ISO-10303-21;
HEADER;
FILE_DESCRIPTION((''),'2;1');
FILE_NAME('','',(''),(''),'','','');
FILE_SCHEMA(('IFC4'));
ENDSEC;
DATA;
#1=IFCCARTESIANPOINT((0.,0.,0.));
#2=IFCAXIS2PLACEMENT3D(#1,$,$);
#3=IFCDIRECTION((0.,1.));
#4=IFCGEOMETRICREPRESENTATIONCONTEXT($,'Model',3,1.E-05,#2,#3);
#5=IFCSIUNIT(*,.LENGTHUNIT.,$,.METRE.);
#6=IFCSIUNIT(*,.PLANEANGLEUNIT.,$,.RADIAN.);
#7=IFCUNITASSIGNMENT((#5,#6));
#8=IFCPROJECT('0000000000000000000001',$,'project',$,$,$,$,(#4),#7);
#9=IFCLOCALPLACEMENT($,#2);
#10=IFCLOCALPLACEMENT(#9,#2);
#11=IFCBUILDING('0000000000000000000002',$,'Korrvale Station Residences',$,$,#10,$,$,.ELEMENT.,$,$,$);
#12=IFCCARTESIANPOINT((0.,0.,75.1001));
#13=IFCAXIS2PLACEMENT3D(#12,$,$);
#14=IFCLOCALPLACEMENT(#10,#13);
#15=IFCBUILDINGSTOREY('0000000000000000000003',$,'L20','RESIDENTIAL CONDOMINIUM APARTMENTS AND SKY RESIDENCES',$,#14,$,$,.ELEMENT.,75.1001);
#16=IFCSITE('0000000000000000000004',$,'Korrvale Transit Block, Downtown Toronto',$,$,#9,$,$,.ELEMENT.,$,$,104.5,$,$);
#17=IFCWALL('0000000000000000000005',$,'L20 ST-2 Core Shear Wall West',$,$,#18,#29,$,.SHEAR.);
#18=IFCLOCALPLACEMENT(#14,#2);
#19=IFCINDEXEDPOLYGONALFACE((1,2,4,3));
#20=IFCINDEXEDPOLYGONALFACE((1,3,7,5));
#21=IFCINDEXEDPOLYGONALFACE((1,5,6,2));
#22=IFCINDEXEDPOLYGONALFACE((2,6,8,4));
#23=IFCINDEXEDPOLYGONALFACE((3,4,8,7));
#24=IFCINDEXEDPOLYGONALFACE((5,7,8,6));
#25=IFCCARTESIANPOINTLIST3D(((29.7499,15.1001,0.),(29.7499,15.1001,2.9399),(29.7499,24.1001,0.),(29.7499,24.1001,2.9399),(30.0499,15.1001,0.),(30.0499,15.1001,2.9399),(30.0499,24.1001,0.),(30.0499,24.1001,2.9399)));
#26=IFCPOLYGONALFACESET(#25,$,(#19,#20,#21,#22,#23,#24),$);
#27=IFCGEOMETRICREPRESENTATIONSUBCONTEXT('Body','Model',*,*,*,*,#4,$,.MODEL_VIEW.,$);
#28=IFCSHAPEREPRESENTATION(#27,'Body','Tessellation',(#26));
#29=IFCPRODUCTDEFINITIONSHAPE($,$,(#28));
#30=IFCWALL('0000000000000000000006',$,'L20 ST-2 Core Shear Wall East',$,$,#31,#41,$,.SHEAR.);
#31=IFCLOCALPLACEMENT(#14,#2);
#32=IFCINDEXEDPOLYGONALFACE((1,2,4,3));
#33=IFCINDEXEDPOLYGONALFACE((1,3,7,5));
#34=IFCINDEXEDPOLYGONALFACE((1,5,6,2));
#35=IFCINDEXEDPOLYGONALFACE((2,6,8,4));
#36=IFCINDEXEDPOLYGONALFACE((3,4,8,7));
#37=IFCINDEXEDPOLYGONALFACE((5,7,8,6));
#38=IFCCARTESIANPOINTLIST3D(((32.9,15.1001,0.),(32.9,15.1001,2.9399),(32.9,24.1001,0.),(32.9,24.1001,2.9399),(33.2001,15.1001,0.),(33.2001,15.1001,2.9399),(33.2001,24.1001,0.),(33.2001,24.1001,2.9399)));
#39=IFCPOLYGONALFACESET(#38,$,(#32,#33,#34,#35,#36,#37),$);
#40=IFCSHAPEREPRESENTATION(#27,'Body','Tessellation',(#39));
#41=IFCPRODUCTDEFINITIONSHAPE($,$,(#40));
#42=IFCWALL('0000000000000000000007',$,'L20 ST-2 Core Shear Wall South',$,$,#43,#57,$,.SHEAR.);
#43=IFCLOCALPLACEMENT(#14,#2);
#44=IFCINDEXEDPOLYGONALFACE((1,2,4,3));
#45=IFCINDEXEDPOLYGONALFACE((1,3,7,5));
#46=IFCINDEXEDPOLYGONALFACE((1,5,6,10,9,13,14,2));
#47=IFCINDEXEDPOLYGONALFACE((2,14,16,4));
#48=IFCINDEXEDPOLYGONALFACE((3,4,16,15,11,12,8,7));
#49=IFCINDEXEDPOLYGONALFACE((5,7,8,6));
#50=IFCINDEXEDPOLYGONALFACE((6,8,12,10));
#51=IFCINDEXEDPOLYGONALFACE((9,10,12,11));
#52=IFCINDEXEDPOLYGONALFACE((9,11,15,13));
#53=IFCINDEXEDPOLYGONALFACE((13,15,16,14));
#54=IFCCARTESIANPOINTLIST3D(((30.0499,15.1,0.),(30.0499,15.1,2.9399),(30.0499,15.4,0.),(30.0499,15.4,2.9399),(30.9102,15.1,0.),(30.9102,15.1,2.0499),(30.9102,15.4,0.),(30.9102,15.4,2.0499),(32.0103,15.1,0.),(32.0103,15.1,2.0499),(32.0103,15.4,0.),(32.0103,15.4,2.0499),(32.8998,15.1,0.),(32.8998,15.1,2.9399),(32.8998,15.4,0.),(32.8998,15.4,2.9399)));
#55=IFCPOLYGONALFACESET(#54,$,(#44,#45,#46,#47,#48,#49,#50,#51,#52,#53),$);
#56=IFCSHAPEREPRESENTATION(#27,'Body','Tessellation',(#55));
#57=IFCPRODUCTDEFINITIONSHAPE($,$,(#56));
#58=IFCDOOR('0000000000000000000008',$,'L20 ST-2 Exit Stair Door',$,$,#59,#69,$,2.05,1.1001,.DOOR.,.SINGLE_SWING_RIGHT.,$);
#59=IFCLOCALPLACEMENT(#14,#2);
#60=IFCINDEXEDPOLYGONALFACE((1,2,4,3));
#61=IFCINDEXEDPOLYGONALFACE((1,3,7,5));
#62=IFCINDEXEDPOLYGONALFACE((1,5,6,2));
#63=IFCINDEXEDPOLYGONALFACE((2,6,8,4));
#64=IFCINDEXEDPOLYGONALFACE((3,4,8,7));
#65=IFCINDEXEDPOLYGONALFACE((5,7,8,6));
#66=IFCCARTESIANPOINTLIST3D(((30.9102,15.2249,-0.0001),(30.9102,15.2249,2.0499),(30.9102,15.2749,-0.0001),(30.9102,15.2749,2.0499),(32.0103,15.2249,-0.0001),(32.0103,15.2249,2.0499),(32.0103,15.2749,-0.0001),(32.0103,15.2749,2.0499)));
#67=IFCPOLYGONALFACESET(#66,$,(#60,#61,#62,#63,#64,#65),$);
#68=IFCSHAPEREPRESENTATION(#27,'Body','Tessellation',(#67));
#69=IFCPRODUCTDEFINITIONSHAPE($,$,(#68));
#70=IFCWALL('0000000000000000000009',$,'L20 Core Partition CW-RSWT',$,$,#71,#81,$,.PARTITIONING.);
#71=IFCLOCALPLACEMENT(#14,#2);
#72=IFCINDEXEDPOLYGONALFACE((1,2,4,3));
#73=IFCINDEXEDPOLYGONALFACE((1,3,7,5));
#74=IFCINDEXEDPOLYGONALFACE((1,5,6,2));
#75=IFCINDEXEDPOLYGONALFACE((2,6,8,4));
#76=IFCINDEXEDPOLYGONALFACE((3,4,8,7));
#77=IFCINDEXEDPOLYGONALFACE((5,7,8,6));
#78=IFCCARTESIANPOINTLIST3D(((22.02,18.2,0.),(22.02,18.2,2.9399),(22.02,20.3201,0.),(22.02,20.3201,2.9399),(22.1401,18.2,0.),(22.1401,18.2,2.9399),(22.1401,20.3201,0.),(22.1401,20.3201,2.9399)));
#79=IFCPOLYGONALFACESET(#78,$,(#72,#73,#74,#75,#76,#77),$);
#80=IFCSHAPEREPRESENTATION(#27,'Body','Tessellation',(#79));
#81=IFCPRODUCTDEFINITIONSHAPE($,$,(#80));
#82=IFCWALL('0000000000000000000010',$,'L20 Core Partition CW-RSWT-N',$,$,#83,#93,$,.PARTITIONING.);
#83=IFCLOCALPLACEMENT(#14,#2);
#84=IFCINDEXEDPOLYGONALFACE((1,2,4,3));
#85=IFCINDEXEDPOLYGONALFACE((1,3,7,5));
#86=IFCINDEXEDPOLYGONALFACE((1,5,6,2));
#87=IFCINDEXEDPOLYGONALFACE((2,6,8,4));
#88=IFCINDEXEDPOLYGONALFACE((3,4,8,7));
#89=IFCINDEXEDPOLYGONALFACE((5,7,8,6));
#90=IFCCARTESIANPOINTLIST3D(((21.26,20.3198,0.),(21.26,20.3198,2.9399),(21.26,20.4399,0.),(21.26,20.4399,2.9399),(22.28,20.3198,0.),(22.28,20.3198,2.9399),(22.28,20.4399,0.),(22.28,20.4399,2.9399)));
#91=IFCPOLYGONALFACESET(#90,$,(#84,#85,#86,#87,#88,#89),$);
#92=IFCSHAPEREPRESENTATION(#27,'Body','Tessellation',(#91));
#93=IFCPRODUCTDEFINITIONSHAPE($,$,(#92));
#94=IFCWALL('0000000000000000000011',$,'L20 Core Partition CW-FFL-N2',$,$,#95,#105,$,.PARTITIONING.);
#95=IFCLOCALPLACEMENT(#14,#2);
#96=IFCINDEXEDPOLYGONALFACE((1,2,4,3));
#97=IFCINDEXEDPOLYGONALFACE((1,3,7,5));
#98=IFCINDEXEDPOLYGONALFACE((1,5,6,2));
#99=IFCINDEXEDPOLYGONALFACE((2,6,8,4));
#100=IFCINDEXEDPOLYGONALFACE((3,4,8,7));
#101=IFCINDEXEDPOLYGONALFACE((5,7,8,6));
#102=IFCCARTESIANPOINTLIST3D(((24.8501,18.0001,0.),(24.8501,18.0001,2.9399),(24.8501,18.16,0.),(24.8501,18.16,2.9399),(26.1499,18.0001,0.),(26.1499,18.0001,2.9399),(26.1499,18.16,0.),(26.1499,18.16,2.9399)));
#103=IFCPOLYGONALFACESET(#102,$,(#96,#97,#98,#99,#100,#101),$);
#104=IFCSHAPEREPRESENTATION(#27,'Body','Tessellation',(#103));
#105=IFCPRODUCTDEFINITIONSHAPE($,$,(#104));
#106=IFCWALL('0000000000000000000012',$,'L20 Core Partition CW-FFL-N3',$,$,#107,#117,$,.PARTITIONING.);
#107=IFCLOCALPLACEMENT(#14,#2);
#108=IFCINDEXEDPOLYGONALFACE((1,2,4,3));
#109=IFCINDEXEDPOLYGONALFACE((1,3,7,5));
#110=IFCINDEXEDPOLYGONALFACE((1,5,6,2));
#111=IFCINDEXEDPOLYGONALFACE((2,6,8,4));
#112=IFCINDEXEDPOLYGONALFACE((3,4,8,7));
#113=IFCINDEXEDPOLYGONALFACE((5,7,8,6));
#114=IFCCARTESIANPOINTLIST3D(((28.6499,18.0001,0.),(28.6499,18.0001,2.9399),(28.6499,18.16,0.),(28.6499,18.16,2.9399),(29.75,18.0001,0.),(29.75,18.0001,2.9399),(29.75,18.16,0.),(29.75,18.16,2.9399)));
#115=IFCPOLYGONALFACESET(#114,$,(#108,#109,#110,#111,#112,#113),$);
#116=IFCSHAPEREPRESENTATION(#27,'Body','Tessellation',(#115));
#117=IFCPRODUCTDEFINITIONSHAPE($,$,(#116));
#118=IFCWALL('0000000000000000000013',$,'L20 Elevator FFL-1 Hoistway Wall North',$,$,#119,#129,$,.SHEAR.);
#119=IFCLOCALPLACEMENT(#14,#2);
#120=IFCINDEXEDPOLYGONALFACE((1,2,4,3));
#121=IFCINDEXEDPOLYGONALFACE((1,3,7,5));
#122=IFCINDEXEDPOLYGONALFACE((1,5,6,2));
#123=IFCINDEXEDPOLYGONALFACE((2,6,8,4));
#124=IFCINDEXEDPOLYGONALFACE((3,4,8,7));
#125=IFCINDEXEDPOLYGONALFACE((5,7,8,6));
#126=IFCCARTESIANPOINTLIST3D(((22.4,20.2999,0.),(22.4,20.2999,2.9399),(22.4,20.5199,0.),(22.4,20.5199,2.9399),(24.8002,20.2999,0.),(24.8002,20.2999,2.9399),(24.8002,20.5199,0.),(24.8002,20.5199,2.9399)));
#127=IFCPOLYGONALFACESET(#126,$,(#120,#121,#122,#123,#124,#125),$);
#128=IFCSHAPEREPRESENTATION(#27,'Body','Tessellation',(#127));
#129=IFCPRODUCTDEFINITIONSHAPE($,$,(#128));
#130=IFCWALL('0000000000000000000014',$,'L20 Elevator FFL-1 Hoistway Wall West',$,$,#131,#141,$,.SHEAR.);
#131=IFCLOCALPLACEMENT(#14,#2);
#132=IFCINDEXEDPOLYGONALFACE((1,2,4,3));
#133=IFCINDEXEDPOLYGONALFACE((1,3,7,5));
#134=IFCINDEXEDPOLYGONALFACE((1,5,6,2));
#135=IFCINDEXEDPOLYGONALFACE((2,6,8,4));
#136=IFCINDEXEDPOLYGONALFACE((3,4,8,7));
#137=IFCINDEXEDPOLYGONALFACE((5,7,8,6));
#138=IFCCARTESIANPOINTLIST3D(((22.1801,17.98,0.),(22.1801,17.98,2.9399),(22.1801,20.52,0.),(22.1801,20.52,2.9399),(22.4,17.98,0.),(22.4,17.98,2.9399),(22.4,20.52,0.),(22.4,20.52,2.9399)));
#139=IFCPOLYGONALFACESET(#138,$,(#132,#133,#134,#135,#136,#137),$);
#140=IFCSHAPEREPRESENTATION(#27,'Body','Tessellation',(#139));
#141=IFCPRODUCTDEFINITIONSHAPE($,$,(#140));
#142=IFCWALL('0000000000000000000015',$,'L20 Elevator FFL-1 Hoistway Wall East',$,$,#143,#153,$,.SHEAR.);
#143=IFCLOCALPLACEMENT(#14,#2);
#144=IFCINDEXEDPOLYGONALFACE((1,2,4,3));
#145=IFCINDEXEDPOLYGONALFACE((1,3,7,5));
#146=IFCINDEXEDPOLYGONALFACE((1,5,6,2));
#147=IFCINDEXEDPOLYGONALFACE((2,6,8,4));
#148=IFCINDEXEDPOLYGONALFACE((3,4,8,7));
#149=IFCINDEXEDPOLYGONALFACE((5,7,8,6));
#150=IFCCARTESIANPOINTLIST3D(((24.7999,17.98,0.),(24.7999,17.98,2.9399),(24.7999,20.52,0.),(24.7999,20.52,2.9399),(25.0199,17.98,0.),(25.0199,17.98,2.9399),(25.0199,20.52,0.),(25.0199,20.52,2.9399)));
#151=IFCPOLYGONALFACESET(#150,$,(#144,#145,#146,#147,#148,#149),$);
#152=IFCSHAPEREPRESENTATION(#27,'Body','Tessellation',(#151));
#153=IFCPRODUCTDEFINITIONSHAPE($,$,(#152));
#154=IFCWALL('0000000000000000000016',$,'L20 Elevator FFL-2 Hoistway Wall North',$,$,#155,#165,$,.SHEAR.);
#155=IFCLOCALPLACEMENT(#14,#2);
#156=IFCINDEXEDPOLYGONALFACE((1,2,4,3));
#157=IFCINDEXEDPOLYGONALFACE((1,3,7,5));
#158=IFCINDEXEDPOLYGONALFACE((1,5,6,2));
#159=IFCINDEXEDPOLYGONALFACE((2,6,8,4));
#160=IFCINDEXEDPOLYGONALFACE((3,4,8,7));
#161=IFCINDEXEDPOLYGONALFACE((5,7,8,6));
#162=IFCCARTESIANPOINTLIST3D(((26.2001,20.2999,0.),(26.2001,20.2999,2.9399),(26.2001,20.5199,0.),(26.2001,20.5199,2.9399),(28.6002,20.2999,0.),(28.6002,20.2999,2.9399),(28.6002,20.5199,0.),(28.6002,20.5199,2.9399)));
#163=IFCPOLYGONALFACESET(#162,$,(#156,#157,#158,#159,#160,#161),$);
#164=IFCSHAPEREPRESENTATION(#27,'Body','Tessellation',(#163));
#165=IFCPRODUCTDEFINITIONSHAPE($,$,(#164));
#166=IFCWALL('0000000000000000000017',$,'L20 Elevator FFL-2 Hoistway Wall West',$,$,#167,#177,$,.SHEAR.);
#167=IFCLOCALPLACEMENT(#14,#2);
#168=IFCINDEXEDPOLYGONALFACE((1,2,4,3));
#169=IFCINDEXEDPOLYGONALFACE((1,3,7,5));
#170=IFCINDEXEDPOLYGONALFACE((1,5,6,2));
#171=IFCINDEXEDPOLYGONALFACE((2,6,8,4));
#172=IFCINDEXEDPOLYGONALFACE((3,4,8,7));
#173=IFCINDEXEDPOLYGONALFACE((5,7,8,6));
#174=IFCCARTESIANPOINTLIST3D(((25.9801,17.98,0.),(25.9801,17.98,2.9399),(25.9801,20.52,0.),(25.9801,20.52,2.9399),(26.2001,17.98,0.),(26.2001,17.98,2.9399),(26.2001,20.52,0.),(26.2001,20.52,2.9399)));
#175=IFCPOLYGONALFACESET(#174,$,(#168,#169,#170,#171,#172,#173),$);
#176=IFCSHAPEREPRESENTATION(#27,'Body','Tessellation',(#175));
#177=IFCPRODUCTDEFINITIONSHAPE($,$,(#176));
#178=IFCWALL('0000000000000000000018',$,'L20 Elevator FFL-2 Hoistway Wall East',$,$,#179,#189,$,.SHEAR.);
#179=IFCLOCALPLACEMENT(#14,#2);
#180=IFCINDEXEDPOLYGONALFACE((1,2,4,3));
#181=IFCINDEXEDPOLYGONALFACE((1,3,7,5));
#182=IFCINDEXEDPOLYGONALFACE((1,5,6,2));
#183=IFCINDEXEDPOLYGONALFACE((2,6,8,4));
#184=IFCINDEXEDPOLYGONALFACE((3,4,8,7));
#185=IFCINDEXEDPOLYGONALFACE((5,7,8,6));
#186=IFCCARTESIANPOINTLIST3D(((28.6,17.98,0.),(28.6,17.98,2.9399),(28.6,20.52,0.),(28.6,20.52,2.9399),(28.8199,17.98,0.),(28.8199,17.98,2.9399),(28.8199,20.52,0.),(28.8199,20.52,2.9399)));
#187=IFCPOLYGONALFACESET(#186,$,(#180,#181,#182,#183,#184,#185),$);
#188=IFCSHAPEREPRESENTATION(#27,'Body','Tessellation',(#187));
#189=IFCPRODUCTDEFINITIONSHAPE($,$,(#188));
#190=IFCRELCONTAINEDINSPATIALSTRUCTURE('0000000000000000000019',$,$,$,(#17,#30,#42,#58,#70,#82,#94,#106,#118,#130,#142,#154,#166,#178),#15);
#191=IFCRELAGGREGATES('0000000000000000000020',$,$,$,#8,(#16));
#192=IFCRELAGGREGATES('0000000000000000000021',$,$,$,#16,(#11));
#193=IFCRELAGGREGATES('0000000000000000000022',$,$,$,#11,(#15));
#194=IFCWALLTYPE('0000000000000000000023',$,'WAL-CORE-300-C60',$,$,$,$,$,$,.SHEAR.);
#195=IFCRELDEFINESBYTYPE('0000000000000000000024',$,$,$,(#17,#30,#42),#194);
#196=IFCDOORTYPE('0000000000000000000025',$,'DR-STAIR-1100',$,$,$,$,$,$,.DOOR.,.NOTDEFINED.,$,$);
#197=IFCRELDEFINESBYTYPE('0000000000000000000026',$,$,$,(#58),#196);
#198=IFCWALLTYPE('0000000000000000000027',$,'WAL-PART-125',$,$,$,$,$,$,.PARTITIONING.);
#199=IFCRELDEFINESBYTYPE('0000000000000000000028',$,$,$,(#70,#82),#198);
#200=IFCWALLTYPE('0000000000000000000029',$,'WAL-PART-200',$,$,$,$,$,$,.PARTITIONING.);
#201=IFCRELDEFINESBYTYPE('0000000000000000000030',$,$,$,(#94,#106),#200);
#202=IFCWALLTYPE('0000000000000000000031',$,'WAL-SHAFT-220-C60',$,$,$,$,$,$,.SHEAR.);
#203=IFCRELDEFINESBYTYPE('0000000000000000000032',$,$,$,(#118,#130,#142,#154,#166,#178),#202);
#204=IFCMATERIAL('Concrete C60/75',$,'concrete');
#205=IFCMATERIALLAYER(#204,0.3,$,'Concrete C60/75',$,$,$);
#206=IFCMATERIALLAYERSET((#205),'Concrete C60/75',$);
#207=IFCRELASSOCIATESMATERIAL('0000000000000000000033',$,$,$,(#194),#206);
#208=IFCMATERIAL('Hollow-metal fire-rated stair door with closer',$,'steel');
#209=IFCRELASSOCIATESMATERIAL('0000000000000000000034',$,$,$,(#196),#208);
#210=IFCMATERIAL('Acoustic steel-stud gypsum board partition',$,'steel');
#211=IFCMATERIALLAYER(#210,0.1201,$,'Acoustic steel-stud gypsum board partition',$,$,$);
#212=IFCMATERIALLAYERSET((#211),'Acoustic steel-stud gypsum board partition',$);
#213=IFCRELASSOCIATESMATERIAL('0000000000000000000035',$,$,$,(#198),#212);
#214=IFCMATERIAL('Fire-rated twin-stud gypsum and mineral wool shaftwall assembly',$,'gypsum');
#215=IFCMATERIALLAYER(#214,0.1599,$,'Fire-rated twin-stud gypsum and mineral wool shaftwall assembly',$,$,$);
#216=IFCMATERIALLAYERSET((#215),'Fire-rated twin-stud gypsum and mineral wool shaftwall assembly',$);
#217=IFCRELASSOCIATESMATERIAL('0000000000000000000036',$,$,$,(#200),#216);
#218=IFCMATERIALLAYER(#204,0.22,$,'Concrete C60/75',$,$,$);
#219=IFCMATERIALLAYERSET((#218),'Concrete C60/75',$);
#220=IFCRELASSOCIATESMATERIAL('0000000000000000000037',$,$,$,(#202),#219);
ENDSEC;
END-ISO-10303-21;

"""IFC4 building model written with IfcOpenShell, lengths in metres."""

from ifc_helpers import new_model, si_unit, direction, frame, frame_2d, origin, place, context, subcontext, project, spatial, rectangle, extrude, material, layer, layer_set, type_object, element, fill, save


model = new_model("IFC4")

# Units and contexts
model_context = context("Model", 3, precision=1e-05, world=origin(), true_north=direction((0.0, 1.0)))
body_context = subcontext(model_context, "Body", "Model", "MODEL_VIEW")
ifc_project = project(units=[si_unit("LENGTHUNIT", "METRE"), si_unit("PLANEANGLEUNIT", "RADIAN")], contexts=[model_context])

# Site, building, storey
site_placement = place(None, origin())
site = spatial("IfcSite", under=ifc_project, at=site_placement, Name="Korrvale Transit Block, Downtown Toronto", CompositionType="ELEMENT", RefElevation=104.5)
building_placement = place(site_placement, origin())
building = spatial("IfcBuilding", under=site, at=building_placement, Name="Korrvale Station Residences", CompositionType="ELEMENT")
storey_placement = place(building_placement, frame((0.0, 0.0, 75.1001)))
storey = spatial("IfcBuildingStorey", under=building, at=storey_placement, Name="L20", Description="RESIDENTIAL CONDOMINIUM APARTMENTS AND SKY RESIDENCES", CompositionType="ELEMENT", Elevation=75.1001)

# Walls
ifc_material_1 = material(Name="Concrete C60/75", Category="concrete")
ifc_layer_1 = layer(ifc_material_1, 0.3, Name="Concrete C60/75")
ifc_layer_set_1 = layer_set([ifc_layer_1], Name="Concrete C60/75")
wall_type_1 = type_object("IfcWallType", Name="WAL-CORE-300-C60", PredefinedType="SHEAR", material=ifc_layer_set_1)
for number, where, z_axis, x_axis, name in (
    (1, (29.8999, 15.1001, 0.0), (0.0, 0.0, 1.0), (0.0, 1.0, 0.0), "L20 ST-2 Core Shear Wall West"),
    (2, (33.05, 15.1001, 0.0), (0.0, 0.0, 1.0), (0.0, 1.0, 0.0), "L20 ST-2 Core Shear Wall East"),
):
    element("IfcWall", number, at=place(storey_placement, frame(where, z_axis=z_axis, x_axis=x_axis)), inside=storey, type_object=wall_type_1, Name=name, PredefinedType="SHEAR", context=body_context, shape_type="SweptSolid", body=[
        extrude(rectangle(XDim=9.0, YDim=0.3, at=frame_2d((4.5, 0.0))), origin(), (0.0, 0.0, 1.0), 2.9399),
    ])

# Wall, opening, door
wall_1_placement = place(storey_placement, frame((30.05, 15.25, 0.0), z_axis=(0.0, 0.0, 1.0), x_axis=(1.0, 0.0, 0.0)))
wall_1 = element("IfcWall", 3, at=wall_1_placement, inside=storey, type_object=wall_type_1, Name="L20 ST-2 Core Shear Wall South", PredefinedType="SHEAR", context=body_context, shape_type="SweptSolid", body=[
    extrude(rectangle(XDim=2.8499, YDim=0.3, at=frame_2d((1.4248, 0.0))), origin(), (0.0, 0.0, 1.0), 2.9399),
])
opening_1_placement = place(wall_1_placement, frame((0.8601, 0.0, 0.0)))
opening_1 = element("IfcOpeningElement", 4, at=opening_1_placement, cuts=wall_1, PredefinedType="OPENING", context=body_context, shape_type="SweptSolid", body=[
    extrude(rectangle(XDim=1.1001, YDim=2.05, at=frame_2d((0.55, 1.0249))), frame((0.0, 0.1602, 0.0), z_axis=(0.0, -1.0, 0.0), x_axis=(1.0, 0.0, 0.0)), (0.0, 0.0, 1.0), 0.3201),
])
ifc_material_2 = material(Name="Hollow-metal fire-rated stair door with closer", Category="steel")
door_type_1 = type_object("IfcDoorType", Name="DR-STAIR-1100", OperationType="NOTDEFINED", PredefinedType="DOOR", material=ifc_material_2)
door_1_placement = place(opening_1_placement, origin())
door_1 = element("IfcDoor", 5, at=door_1_placement, inside=storey, type_object=door_type_1, Name="L20 ST-2 Exit Stair Door", OperationType="SINGLE_SWING_RIGHT", OverallHeight=2.05, OverallWidth=1.1001, PredefinedType="DOOR", context=body_context, shape_type="SweptSolid", body=[
    extrude(rectangle(XDim=1.1001, YDim=2.05, at=frame_2d((0.55, 1.0249))), frame((0.0, 0.0249, 0.0), z_axis=(0.0, -1.0, 0.0), x_axis=(1.0, 0.0, 0.0)), (0.0, 0.0, 1.0), 0.05),
])
fill(opening_1, door_1)

# Walls
ifc_material_3 = material(Name="Acoustic steel-stud gypsum board partition", Category="steel")
ifc_layer_2 = layer(ifc_material_3, 0.1201, Name="Acoustic steel-stud gypsum board partition")
ifc_layer_set_2 = layer_set([ifc_layer_2], Name="Acoustic steel-stud gypsum board partition")
wall_type_2 = type_object("IfcWallType", Name="WAL-PART-125", PredefinedType="PARTITIONING", material=ifc_layer_set_2)
wall_2_placement = place(storey_placement, frame((22.0801, 18.2, 0.0), z_axis=(0.0, 0.0, 1.0), x_axis=(0.0, 1.0, 0.0)))
element("IfcWall", 6, at=wall_2_placement, inside=storey, type_object=wall_type_2, Name="L20 Core Partition CW-RSWT", PredefinedType="PARTITIONING", context=body_context, shape_type="SweptSolid", body=[
    extrude(rectangle(XDim=2.1201, YDim=0.1201, at=frame_2d((1.0601, 0.0))), origin(), (0.0, 0.0, 1.0), 2.9399),
])
wall_3_placement = place(storey_placement, frame((22.28, 20.3799, 0.0), z_axis=(0.0, 0.0, 1.0), x_axis=(-1.0, 0.0, 0.0)))
element("IfcWall", 7, at=wall_3_placement, inside=storey, type_object=wall_type_2, Name="L20 Core Partition CW-RSWT-N", PredefinedType="PARTITIONING", context=body_context, shape_type="SweptSolid", body=[
    extrude(rectangle(XDim=1.02, YDim=0.1201, at=frame_2d((0.51, 0.0))), origin(), (0.0, 0.0, 1.0), 2.9399),
])
ifc_material_4 = material(Name="Fire-rated twin-stud gypsum and mineral wool shaftwall assembly", Category="gypsum")
ifc_layer_3 = layer(ifc_material_4, 0.1599, Name="Fire-rated twin-stud gypsum and mineral wool shaftwall assembly")
ifc_layer_set_3 = layer_set([ifc_layer_3], Name="Fire-rated twin-stud gypsum and mineral wool shaftwall assembly")
wall_type_3 = type_object("IfcWallType", Name="WAL-PART-200", PredefinedType="PARTITIONING", material=ifc_layer_set_3)
wall_4_placement = place(storey_placement, frame((24.8501, 18.0801, 0.0), z_axis=(0.0, 0.0, 1.0), x_axis=(1.0, 0.0, 0.0)))
element("IfcWall", 8, at=wall_4_placement, inside=storey, type_object=wall_type_3, Name="L20 Core Partition CW-FFL-N2", PredefinedType="PARTITIONING", context=body_context, shape_type="SweptSolid", body=[
    extrude(rectangle(XDim=1.2998, YDim=0.1599, at=frame_2d((0.6499, 0.0))), origin(), (0.0, 0.0, 1.0), 2.9399),
])
wall_5_placement = place(storey_placement, frame((28.6499, 18.0801, 0.0), z_axis=(0.0, 0.0, 1.0), x_axis=(1.0, 0.0, 0.0)))
element("IfcWall", 9, at=wall_5_placement, inside=storey, type_object=wall_type_3, Name="L20 Core Partition CW-FFL-N3", PredefinedType="PARTITIONING", context=body_context, shape_type="SweptSolid", body=[
    extrude(rectangle(XDim=1.1001, YDim=0.1599, at=frame_2d((0.55, 0.0))), origin(), (0.0, 0.0, 1.0), 2.9399),
])

# Shared definitions
ifc_layer_4 = layer(ifc_material_1, 0.22, Name="Concrete C60/75")
ifc_layer_set_4 = layer_set([ifc_layer_4], Name="Concrete C60/75")
wall_type_4 = type_object("IfcWallType", Name="WAL-SHAFT-220-C60", PredefinedType="SHEAR", material=ifc_layer_set_4)

# Walls
wall_6_placement = place(storey_placement, frame((22.3999, 20.4099, 0.0), z_axis=(0.0, 0.0, 1.0), x_axis=(1.0, 0.0, 0.0)))
element("IfcWall", 10, at=wall_6_placement, inside=storey, type_object=wall_type_4, Name="L20 Elevator FFL-1 Hoistway Wall North", PredefinedType="SHEAR", context=body_context, shape_type="SweptSolid", body=[
    extrude(rectangle(XDim=2.4001, YDim=0.22, at=frame_2d((1.2002, 0.0))), origin(), (0.0, 0.0, 1.0), 2.9399),
])
for number, where, z_axis, x_axis, name in (
    (11, (22.29, 17.98, 0.0), (0.0, 0.0, 1.0), (0.0, 1.0, 0.0), "L20 Elevator FFL-1 Hoistway Wall West"),
    (12, (24.9099, 17.98, 0.0), (0.0, 0.0, 1.0), (0.0, 1.0, 0.0), "L20 Elevator FFL-1 Hoistway Wall East"),
):
    element("IfcWall", number, at=place(storey_placement, frame(where, z_axis=z_axis, x_axis=x_axis)), inside=storey, type_object=wall_type_4, Name=name, PredefinedType="SHEAR", context=body_context, shape_type="SweptSolid", body=[
        extrude(rectangle(XDim=2.54, YDim=0.22, at=frame_2d((1.27, 0.0))), origin(), (0.0, 0.0, 1.0), 2.9399),
    ])

# Walls
wall_7_placement = place(storey_placement, frame((26.2, 20.4099, 0.0), z_axis=(0.0, 0.0, 1.0), x_axis=(1.0, 0.0, 0.0)))
element("IfcWall", 13, at=wall_7_placement, inside=storey, type_object=wall_type_4, Name="L20 Elevator FFL-2 Hoistway Wall North", PredefinedType="SHEAR", context=body_context, shape_type="SweptSolid", body=[
    extrude(rectangle(XDim=2.4001, YDim=0.22, at=frame_2d((1.2002, 0.0))), origin(), (0.0, 0.0, 1.0), 2.9399),
])
for number, where, z_axis, x_axis, name in (
    (14, (26.0901, 17.98, 0.0), (0.0, 0.0, 1.0), (0.0, 1.0, 0.0), "L20 Elevator FFL-2 Hoistway Wall West"),
    (15, (28.71, 17.98, 0.0), (0.0, 0.0, 1.0), (0.0, 1.0, 0.0), "L20 Elevator FFL-2 Hoistway Wall East"),
):
    element("IfcWall", number, at=place(storey_placement, frame(where, z_axis=z_axis, x_axis=x_axis)), inside=storey, type_object=wall_type_4, Name=name, PredefinedType="SHEAR", context=body_context, shape_type="SweptSolid", body=[
        extrude(rectangle(XDim=2.54, YDim=0.22, at=frame_2d((1.27, 0.0))), origin(), (0.0, 0.0, 1.0), 2.9399),
    ])

save(model, "model.ifc")
